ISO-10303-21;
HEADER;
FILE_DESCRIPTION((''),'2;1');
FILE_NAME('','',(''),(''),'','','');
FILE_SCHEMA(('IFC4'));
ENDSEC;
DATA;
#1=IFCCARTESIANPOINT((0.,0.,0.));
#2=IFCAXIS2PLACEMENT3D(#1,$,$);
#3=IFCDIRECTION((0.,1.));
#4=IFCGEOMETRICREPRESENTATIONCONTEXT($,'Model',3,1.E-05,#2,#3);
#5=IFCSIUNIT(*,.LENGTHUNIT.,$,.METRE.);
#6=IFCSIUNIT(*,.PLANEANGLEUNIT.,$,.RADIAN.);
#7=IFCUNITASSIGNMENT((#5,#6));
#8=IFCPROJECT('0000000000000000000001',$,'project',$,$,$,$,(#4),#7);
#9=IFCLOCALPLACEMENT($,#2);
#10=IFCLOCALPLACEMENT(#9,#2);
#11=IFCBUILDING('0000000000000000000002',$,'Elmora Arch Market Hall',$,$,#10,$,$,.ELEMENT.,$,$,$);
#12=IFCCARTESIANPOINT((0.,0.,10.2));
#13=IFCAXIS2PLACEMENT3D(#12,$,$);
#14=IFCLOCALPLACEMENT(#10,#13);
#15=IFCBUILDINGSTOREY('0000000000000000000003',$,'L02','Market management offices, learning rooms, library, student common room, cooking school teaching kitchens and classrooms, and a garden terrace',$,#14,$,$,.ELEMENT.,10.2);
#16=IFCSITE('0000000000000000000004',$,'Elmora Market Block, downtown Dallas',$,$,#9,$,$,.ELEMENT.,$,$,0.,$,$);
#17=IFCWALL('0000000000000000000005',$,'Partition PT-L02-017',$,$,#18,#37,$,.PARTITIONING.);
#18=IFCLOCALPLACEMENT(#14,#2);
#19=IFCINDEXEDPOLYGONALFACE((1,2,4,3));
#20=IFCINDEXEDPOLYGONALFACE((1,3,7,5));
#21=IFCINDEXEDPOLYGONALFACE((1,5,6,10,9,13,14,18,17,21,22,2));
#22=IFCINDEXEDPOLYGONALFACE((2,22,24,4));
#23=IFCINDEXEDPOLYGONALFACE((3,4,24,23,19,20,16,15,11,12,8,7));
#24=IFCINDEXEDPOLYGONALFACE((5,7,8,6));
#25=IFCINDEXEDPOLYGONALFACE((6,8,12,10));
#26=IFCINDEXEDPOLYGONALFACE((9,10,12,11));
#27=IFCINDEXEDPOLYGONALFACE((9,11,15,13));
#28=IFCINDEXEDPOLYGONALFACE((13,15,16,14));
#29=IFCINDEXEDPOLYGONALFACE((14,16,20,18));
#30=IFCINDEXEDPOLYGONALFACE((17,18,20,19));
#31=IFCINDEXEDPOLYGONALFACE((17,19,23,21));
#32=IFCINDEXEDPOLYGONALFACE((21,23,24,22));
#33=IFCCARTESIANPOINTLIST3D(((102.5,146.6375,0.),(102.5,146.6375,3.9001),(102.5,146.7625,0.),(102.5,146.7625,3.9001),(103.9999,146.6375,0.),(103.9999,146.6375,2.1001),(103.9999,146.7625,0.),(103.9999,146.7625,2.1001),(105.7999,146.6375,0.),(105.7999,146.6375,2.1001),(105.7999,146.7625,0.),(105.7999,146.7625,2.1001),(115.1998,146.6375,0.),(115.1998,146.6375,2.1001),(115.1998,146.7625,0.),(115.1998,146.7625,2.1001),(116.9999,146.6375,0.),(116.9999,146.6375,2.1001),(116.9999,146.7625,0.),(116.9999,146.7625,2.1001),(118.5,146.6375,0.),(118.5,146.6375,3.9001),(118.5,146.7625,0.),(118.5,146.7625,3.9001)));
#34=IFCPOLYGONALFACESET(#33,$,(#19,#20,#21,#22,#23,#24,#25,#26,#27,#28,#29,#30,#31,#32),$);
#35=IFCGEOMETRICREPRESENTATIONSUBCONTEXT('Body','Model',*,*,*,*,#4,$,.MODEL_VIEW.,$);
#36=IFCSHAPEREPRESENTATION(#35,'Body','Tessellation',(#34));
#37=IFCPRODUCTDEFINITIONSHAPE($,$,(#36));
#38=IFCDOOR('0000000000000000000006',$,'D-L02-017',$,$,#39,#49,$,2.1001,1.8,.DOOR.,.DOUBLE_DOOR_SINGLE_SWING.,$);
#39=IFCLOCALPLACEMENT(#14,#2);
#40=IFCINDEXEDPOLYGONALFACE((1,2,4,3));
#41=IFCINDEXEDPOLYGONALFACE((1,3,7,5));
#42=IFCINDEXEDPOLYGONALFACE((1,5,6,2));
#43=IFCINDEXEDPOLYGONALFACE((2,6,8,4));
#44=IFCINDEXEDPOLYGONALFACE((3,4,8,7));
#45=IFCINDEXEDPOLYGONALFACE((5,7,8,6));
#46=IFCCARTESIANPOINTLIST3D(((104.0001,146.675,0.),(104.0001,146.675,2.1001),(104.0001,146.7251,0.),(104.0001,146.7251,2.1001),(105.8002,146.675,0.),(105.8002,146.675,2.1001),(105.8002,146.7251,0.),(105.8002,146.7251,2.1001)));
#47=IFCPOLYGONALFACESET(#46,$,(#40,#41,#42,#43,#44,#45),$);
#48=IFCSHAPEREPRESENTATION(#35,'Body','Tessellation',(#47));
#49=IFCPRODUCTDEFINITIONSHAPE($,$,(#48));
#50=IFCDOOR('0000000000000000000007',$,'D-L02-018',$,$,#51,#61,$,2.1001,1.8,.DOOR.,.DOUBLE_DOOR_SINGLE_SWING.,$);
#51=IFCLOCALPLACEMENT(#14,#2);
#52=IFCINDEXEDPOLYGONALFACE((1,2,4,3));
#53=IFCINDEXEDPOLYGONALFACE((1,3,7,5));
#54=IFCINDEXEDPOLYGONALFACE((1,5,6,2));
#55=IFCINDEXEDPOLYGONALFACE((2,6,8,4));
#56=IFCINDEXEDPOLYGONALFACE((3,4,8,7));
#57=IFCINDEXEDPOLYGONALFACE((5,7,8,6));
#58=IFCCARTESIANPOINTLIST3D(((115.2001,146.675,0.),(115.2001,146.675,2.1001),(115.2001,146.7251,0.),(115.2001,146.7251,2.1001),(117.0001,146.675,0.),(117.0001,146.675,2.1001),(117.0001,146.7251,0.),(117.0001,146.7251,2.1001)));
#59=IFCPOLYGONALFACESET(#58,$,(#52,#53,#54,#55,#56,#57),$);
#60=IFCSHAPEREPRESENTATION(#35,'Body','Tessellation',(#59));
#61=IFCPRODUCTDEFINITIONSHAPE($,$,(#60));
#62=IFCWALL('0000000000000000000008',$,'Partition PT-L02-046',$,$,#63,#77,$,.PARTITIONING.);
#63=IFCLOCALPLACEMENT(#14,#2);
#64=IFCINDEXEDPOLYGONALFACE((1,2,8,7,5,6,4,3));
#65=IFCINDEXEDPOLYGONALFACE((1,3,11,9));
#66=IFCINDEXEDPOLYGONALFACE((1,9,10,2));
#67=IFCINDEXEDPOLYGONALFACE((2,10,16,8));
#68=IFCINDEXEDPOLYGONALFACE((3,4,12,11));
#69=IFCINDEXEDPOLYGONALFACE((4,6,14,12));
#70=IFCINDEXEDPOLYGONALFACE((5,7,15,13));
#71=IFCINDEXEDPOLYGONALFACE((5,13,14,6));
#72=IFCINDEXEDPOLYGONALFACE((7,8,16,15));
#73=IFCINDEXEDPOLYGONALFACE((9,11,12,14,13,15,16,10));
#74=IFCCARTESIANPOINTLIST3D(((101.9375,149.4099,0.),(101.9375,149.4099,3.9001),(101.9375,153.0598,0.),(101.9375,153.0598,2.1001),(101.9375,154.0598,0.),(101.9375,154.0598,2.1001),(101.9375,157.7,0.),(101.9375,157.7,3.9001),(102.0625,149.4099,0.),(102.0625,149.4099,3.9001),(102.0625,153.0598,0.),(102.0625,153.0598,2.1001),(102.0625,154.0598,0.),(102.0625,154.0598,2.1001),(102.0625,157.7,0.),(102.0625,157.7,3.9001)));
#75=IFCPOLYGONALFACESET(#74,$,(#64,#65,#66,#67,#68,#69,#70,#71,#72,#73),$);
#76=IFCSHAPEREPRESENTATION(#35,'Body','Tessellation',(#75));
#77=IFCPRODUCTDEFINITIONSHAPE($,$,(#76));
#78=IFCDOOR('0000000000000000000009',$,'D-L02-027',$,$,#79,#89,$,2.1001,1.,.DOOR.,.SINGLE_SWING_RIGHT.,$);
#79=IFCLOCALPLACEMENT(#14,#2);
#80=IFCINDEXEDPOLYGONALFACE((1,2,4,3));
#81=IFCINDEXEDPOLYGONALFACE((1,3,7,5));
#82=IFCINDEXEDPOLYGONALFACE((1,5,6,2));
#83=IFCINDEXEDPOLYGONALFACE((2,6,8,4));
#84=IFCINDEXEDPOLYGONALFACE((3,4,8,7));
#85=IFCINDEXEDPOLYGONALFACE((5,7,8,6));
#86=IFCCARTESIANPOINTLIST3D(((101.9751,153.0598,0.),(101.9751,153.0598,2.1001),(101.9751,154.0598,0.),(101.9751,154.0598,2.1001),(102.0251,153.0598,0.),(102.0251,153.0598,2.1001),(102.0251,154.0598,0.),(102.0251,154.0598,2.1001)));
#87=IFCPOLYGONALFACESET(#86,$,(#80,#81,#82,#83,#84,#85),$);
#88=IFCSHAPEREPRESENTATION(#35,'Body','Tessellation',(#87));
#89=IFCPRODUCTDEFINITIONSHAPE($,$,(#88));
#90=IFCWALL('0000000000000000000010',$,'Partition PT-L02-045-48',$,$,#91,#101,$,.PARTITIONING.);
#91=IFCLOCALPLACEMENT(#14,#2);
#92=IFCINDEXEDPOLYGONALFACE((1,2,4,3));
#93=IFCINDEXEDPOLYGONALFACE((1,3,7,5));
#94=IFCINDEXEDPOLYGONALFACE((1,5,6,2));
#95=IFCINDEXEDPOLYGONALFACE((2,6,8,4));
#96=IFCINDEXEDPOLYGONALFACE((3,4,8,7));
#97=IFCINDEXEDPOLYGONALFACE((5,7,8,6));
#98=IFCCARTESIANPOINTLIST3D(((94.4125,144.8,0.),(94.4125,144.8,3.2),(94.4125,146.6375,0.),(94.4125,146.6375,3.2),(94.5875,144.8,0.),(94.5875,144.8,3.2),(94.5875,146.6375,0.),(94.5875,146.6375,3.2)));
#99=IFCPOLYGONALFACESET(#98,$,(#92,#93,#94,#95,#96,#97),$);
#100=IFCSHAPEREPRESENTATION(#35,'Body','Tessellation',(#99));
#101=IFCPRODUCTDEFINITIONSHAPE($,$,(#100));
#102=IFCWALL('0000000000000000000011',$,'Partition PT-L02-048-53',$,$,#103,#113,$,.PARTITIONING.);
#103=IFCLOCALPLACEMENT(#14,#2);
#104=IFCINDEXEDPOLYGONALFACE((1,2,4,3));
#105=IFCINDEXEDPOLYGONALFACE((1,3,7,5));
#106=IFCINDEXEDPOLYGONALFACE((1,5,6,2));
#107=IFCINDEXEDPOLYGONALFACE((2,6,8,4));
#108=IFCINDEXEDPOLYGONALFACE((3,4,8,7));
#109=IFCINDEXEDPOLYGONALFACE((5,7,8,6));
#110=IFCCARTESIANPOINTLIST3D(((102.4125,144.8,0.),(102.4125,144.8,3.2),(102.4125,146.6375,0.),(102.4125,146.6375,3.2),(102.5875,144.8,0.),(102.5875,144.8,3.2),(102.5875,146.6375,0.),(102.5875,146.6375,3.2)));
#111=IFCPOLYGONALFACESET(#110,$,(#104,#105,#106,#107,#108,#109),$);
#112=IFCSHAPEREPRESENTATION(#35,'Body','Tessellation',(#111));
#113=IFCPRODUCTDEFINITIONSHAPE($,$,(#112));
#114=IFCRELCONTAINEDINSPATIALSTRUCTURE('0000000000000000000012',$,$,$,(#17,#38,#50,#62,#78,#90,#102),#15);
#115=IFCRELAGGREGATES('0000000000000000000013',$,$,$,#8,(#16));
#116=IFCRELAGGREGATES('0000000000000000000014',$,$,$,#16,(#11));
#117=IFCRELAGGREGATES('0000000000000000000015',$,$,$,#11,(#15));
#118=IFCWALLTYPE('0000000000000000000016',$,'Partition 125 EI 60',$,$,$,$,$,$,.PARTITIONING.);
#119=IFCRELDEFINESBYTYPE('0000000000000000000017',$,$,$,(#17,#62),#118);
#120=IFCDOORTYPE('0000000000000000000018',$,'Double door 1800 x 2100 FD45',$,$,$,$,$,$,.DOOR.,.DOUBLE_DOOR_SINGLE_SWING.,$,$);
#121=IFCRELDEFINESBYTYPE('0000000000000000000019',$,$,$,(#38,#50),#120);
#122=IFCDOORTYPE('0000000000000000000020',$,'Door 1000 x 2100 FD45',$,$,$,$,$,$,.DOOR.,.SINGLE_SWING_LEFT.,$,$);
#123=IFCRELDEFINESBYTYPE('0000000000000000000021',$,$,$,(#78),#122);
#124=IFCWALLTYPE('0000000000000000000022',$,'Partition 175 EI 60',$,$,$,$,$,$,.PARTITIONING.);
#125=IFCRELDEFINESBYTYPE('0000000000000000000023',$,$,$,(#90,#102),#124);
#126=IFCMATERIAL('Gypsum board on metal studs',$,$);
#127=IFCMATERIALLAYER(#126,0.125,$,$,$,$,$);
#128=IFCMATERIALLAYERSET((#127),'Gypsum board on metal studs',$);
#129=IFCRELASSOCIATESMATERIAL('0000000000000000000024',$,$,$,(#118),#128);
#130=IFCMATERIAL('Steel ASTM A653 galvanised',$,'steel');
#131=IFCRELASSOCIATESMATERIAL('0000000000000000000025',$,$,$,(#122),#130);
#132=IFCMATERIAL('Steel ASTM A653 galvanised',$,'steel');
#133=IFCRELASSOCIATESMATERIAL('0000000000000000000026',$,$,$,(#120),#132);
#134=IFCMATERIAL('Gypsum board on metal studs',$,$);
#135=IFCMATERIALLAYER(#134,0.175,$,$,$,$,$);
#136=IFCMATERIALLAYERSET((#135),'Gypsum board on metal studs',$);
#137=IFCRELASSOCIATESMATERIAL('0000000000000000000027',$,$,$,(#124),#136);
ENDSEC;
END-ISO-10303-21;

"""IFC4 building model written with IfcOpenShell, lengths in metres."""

from ifc_helpers import new_model, si_unit, direction, frame, frame_2d, origin, place, context, subcontext, project, spatial, rectangle, extrude, material, layer, layer_set, type_object, element, fill, save


model = new_model("IFC4")

# Units and contexts
model_context = context("Model", 3, precision=1e-05, world=origin(), true_north=direction((0.0, 1.0)))
body_context = subcontext(model_context, "Body", "Model", "MODEL_VIEW")
ifc_project = project(units=[si_unit("LENGTHUNIT", "METRE"), si_unit("PLANEANGLEUNIT", "RADIAN")], contexts=[model_context])

# Site, building, storey
site_placement = place(None, origin())
site = spatial("IfcSite", under=ifc_project, at=site_placement, Name="Elmora Market Block, downtown Dallas", CompositionType="ELEMENT", RefElevation=0.0)
building_placement = place(site_placement, origin())
building = spatial("IfcBuilding", under=site, at=building_placement, Name="Elmora Arch Market Hall", CompositionType="ELEMENT")
storey_placement = place(building_placement, frame((0.0, 0.0, 10.2)))
storey = spatial("IfcBuildingStorey", under=building, at=storey_placement, Name="L02", Description="Market management offices, learning rooms, library, student common room, cooking school teaching kitchens and classrooms, and a garden terrace", CompositionType="ELEMENT", Elevation=10.2)

# Shared definitions
ifc_material_1 = material(Name="Gypsum board on metal studs")
ifc_layer_1 = layer(ifc_material_1, 0.125)
ifc_layer_set_1 = layer_set([ifc_layer_1], Name="Gypsum board on metal studs")
wall_type_1 = type_object("IfcWallType", Name="Partition 125 EI 60", PredefinedType="PARTITIONING", material=ifc_layer_set_1)
ifc_material_2 = material(Name="Steel ASTM A653 galvanised", Category="steel")
door_type_1 = type_object("IfcDoorType", Name="Door 1000 x 2100 FD45", OperationType="SINGLE_SWING_LEFT", PredefinedType="DOOR", material=ifc_material_2)

# Wall, openings, doors
wall_1_placement = place(storey_placement, frame((102.5, 146.7, 0.0), z_axis=(0.0, 0.0, 1.0), x_axis=(1.0, 0.0, 0.0)))
wall_1 = element("IfcWall", 1, at=wall_1_placement, inside=storey, type_object=wall_type_1, Name="Partition PT-L02-017", PredefinedType="PARTITIONING", context=body_context, shape_type="SweptSolid", body=[
    extrude(rectangle(XDim=16.0, YDim=0.125, at=frame_2d((8.0, 0.0))), origin(), (0.0, 0.0, 1.0), 3.9001),
])
opening_1_placement = place(wall_1_placement, frame((1.5, 0.0, 0.0)))
opening_1 = element("IfcOpeningElement", 2, at=opening_1_placement, cuts=wall_1, PredefinedType="OPENING", context=body_context, shape_type="SweptSolid", body=[
    extrude(rectangle(XDim=1.8, YDim=2.1001, at=frame_2d((0.8999, 1.05))), frame((0.0, 0.0725, 0.0), z_axis=(0.0, -1.0, 0.0), x_axis=(1.0, 0.0, 0.0)), (0.0, 0.0, 1.0), 0.145),
])
opening_2_placement = place(wall_1_placement, frame((12.7, 0.0, 0.0)))
opening_2 = element("IfcOpeningElement", 3, at=opening_2_placement, cuts=wall_1, PredefinedType="OPENING", context=body_context, shape_type="SweptSolid", body=[
    extrude(rectangle(XDim=1.8, YDim=2.1001, at=frame_2d((0.8999, 1.05))), frame((0.0, 0.0725, 0.0), z_axis=(0.0, -1.0, 0.0), x_axis=(1.0, 0.0, 0.0)), (0.0, 0.0, 1.0), 0.145),
])
ifc_material_3 = material(Name="Steel ASTM A653 galvanised", Category="steel")
door_type_2 = type_object("IfcDoorType", Name="Double door 1800 x 2100 FD45", OperationType="DOUBLE_DOOR_SINGLE_SWING", PredefinedType="DOOR", material=ifc_material_3)
door_1_placement = place(opening_1_placement, frame((1.8, 0.0, 0.0), z_axis=(0.0, 0.0, 1.0), x_axis=(-1.0, 0.0, 0.0)))
door_1 = element("IfcDoor", 4, at=door_1_placement, inside=storey, type_object=door_type_2, Name="D-L02-017", OperationType="DOUBLE_DOOR_SINGLE_SWING", OverallHeight=2.1001, OverallWidth=1.8, PredefinedType="DOOR", context=body_context, shape_type="SweptSolid", body=[
    extrude(rectangle(XDim=1.8, YDim=2.1001, at=frame_2d((0.8999, 1.05))), frame((0.0, 0.0249, 0.0), z_axis=(0.0, -1.0, 0.0), x_axis=(1.0, 0.0, 0.0)), (0.0, 0.0, 1.0), 0.05),
])
fill(opening_1, door_1)
door_2_placement = place(opening_2_placement, frame((1.8, 0.0, 0.0), z_axis=(0.0, 0.0, 1.0), x_axis=(-1.0, 0.0, 0.0)))
door_2 = element("IfcDoor", 5, at=door_2_placement, inside=storey, type_object=door_type_2, Name="D-L02-018", OperationType="DOUBLE_DOOR_SINGLE_SWING", OverallHeight=2.1001, OverallWidth=1.8, PredefinedType="DOOR", context=body_context, shape_type="SweptSolid", body=[
    extrude(rectangle(XDim=1.8, YDim=2.1001, at=frame_2d((0.8999, 1.05))), frame((0.0, 0.0249, 0.0), z_axis=(0.0, -1.0, 0.0), x_axis=(1.0, 0.0, 0.0)), (0.0, 0.0, 1.0), 0.05),
])
fill(opening_2, door_2)

# Wall, opening, door
wall_2_placement = place(storey_placement, frame((102.0, 149.4099, 0.0), z_axis=(0.0, 0.0, 1.0), x_axis=(0.0, 1.0, 0.0)))
wall_2 = element("IfcWall", 6, at=wall_2_placement, inside=storey, type_object=wall_type_1, Name="Partition PT-L02-046", PredefinedType="PARTITIONING", context=body_context, shape_type="SweptSolid", body=[
    extrude(rectangle(XDim=8.29, YDim=0.125, at=frame_2d((4.145, 0.0))), origin(), (0.0, 0.0, 1.0), 3.9001),
])
opening_3_placement = place(wall_2_placement, frame((3.6499, 0.0, 0.0)))
opening_3 = element("IfcOpeningElement", 7, at=opening_3_placement, cuts=wall_2, PredefinedType="OPENING", context=body_context, shape_type="SweptSolid", body=[
    extrude(rectangle(XDim=1.0, YDim=2.1001, at=frame_2d((0.5, 1.05))), frame((0.0, 0.0725, 0.0), z_axis=(0.0, -1.0, 0.0), x_axis=(1.0, 0.0, 0.0)), (0.0, 0.0, 1.0), 0.145),
])
door_3_placement = place(opening_3_placement, origin())
door_3 = element("IfcDoor", 8, at=door_3_placement, inside=storey, type_object=door_type_1, Name="D-L02-027", OperationType="SINGLE_SWING_RIGHT", OverallHeight=2.1001, OverallWidth=1.0, PredefinedType="DOOR", context=body_context, shape_type="SweptSolid", body=[
    extrude(rectangle(XDim=1.0, YDim=2.1001, at=frame_2d((0.5, 1.05))), frame((0.0, 0.0249, 0.0), z_axis=(0.0, -1.0, 0.0), x_axis=(1.0, 0.0, 0.0)), (0.0, 0.0, 1.0), 0.05),
])
fill(opening_3, door_3)

# Walls
ifc_material_4 = material(Name="Gypsum board on metal studs")
ifc_layer_2 = layer(ifc_material_4, 0.175)
ifc_layer_set_2 = layer_set([ifc_layer_2], Name="Gypsum board on metal studs")
wall_type_2 = type_object("IfcWallType", Name="Partition 175 EI 60", PredefinedType="PARTITIONING", material=ifc_layer_set_2)
for number, where, z_axis, x_axis, name in (
    (9, (94.5, 144.8, 0.0), (0.0, 0.0, 1.0), (0.0, 1.0, 0.0), "Partition PT-L02-045-48"),
    (10, (102.5, 144.8, 0.0), (0.0, 0.0, 1.0), (0.0, 1.0, 0.0), "Partition PT-L02-048-53"),
):
    element("IfcWall", number, at=place(storey_placement, frame(where, z_axis=z_axis, x_axis=x_axis)), inside=storey, type_object=wall_type_2, Name=name, PredefinedType="PARTITIONING", context=body_context, shape_type="SweptSolid", body=[
        extrude(rectangle(XDim=1.8374, YDim=0.175, at=frame_2d((0.9187, 0.0))), origin(), (0.0, 0.0, 1.0), 3.2),
    ])

save(model, "model.ifc")
